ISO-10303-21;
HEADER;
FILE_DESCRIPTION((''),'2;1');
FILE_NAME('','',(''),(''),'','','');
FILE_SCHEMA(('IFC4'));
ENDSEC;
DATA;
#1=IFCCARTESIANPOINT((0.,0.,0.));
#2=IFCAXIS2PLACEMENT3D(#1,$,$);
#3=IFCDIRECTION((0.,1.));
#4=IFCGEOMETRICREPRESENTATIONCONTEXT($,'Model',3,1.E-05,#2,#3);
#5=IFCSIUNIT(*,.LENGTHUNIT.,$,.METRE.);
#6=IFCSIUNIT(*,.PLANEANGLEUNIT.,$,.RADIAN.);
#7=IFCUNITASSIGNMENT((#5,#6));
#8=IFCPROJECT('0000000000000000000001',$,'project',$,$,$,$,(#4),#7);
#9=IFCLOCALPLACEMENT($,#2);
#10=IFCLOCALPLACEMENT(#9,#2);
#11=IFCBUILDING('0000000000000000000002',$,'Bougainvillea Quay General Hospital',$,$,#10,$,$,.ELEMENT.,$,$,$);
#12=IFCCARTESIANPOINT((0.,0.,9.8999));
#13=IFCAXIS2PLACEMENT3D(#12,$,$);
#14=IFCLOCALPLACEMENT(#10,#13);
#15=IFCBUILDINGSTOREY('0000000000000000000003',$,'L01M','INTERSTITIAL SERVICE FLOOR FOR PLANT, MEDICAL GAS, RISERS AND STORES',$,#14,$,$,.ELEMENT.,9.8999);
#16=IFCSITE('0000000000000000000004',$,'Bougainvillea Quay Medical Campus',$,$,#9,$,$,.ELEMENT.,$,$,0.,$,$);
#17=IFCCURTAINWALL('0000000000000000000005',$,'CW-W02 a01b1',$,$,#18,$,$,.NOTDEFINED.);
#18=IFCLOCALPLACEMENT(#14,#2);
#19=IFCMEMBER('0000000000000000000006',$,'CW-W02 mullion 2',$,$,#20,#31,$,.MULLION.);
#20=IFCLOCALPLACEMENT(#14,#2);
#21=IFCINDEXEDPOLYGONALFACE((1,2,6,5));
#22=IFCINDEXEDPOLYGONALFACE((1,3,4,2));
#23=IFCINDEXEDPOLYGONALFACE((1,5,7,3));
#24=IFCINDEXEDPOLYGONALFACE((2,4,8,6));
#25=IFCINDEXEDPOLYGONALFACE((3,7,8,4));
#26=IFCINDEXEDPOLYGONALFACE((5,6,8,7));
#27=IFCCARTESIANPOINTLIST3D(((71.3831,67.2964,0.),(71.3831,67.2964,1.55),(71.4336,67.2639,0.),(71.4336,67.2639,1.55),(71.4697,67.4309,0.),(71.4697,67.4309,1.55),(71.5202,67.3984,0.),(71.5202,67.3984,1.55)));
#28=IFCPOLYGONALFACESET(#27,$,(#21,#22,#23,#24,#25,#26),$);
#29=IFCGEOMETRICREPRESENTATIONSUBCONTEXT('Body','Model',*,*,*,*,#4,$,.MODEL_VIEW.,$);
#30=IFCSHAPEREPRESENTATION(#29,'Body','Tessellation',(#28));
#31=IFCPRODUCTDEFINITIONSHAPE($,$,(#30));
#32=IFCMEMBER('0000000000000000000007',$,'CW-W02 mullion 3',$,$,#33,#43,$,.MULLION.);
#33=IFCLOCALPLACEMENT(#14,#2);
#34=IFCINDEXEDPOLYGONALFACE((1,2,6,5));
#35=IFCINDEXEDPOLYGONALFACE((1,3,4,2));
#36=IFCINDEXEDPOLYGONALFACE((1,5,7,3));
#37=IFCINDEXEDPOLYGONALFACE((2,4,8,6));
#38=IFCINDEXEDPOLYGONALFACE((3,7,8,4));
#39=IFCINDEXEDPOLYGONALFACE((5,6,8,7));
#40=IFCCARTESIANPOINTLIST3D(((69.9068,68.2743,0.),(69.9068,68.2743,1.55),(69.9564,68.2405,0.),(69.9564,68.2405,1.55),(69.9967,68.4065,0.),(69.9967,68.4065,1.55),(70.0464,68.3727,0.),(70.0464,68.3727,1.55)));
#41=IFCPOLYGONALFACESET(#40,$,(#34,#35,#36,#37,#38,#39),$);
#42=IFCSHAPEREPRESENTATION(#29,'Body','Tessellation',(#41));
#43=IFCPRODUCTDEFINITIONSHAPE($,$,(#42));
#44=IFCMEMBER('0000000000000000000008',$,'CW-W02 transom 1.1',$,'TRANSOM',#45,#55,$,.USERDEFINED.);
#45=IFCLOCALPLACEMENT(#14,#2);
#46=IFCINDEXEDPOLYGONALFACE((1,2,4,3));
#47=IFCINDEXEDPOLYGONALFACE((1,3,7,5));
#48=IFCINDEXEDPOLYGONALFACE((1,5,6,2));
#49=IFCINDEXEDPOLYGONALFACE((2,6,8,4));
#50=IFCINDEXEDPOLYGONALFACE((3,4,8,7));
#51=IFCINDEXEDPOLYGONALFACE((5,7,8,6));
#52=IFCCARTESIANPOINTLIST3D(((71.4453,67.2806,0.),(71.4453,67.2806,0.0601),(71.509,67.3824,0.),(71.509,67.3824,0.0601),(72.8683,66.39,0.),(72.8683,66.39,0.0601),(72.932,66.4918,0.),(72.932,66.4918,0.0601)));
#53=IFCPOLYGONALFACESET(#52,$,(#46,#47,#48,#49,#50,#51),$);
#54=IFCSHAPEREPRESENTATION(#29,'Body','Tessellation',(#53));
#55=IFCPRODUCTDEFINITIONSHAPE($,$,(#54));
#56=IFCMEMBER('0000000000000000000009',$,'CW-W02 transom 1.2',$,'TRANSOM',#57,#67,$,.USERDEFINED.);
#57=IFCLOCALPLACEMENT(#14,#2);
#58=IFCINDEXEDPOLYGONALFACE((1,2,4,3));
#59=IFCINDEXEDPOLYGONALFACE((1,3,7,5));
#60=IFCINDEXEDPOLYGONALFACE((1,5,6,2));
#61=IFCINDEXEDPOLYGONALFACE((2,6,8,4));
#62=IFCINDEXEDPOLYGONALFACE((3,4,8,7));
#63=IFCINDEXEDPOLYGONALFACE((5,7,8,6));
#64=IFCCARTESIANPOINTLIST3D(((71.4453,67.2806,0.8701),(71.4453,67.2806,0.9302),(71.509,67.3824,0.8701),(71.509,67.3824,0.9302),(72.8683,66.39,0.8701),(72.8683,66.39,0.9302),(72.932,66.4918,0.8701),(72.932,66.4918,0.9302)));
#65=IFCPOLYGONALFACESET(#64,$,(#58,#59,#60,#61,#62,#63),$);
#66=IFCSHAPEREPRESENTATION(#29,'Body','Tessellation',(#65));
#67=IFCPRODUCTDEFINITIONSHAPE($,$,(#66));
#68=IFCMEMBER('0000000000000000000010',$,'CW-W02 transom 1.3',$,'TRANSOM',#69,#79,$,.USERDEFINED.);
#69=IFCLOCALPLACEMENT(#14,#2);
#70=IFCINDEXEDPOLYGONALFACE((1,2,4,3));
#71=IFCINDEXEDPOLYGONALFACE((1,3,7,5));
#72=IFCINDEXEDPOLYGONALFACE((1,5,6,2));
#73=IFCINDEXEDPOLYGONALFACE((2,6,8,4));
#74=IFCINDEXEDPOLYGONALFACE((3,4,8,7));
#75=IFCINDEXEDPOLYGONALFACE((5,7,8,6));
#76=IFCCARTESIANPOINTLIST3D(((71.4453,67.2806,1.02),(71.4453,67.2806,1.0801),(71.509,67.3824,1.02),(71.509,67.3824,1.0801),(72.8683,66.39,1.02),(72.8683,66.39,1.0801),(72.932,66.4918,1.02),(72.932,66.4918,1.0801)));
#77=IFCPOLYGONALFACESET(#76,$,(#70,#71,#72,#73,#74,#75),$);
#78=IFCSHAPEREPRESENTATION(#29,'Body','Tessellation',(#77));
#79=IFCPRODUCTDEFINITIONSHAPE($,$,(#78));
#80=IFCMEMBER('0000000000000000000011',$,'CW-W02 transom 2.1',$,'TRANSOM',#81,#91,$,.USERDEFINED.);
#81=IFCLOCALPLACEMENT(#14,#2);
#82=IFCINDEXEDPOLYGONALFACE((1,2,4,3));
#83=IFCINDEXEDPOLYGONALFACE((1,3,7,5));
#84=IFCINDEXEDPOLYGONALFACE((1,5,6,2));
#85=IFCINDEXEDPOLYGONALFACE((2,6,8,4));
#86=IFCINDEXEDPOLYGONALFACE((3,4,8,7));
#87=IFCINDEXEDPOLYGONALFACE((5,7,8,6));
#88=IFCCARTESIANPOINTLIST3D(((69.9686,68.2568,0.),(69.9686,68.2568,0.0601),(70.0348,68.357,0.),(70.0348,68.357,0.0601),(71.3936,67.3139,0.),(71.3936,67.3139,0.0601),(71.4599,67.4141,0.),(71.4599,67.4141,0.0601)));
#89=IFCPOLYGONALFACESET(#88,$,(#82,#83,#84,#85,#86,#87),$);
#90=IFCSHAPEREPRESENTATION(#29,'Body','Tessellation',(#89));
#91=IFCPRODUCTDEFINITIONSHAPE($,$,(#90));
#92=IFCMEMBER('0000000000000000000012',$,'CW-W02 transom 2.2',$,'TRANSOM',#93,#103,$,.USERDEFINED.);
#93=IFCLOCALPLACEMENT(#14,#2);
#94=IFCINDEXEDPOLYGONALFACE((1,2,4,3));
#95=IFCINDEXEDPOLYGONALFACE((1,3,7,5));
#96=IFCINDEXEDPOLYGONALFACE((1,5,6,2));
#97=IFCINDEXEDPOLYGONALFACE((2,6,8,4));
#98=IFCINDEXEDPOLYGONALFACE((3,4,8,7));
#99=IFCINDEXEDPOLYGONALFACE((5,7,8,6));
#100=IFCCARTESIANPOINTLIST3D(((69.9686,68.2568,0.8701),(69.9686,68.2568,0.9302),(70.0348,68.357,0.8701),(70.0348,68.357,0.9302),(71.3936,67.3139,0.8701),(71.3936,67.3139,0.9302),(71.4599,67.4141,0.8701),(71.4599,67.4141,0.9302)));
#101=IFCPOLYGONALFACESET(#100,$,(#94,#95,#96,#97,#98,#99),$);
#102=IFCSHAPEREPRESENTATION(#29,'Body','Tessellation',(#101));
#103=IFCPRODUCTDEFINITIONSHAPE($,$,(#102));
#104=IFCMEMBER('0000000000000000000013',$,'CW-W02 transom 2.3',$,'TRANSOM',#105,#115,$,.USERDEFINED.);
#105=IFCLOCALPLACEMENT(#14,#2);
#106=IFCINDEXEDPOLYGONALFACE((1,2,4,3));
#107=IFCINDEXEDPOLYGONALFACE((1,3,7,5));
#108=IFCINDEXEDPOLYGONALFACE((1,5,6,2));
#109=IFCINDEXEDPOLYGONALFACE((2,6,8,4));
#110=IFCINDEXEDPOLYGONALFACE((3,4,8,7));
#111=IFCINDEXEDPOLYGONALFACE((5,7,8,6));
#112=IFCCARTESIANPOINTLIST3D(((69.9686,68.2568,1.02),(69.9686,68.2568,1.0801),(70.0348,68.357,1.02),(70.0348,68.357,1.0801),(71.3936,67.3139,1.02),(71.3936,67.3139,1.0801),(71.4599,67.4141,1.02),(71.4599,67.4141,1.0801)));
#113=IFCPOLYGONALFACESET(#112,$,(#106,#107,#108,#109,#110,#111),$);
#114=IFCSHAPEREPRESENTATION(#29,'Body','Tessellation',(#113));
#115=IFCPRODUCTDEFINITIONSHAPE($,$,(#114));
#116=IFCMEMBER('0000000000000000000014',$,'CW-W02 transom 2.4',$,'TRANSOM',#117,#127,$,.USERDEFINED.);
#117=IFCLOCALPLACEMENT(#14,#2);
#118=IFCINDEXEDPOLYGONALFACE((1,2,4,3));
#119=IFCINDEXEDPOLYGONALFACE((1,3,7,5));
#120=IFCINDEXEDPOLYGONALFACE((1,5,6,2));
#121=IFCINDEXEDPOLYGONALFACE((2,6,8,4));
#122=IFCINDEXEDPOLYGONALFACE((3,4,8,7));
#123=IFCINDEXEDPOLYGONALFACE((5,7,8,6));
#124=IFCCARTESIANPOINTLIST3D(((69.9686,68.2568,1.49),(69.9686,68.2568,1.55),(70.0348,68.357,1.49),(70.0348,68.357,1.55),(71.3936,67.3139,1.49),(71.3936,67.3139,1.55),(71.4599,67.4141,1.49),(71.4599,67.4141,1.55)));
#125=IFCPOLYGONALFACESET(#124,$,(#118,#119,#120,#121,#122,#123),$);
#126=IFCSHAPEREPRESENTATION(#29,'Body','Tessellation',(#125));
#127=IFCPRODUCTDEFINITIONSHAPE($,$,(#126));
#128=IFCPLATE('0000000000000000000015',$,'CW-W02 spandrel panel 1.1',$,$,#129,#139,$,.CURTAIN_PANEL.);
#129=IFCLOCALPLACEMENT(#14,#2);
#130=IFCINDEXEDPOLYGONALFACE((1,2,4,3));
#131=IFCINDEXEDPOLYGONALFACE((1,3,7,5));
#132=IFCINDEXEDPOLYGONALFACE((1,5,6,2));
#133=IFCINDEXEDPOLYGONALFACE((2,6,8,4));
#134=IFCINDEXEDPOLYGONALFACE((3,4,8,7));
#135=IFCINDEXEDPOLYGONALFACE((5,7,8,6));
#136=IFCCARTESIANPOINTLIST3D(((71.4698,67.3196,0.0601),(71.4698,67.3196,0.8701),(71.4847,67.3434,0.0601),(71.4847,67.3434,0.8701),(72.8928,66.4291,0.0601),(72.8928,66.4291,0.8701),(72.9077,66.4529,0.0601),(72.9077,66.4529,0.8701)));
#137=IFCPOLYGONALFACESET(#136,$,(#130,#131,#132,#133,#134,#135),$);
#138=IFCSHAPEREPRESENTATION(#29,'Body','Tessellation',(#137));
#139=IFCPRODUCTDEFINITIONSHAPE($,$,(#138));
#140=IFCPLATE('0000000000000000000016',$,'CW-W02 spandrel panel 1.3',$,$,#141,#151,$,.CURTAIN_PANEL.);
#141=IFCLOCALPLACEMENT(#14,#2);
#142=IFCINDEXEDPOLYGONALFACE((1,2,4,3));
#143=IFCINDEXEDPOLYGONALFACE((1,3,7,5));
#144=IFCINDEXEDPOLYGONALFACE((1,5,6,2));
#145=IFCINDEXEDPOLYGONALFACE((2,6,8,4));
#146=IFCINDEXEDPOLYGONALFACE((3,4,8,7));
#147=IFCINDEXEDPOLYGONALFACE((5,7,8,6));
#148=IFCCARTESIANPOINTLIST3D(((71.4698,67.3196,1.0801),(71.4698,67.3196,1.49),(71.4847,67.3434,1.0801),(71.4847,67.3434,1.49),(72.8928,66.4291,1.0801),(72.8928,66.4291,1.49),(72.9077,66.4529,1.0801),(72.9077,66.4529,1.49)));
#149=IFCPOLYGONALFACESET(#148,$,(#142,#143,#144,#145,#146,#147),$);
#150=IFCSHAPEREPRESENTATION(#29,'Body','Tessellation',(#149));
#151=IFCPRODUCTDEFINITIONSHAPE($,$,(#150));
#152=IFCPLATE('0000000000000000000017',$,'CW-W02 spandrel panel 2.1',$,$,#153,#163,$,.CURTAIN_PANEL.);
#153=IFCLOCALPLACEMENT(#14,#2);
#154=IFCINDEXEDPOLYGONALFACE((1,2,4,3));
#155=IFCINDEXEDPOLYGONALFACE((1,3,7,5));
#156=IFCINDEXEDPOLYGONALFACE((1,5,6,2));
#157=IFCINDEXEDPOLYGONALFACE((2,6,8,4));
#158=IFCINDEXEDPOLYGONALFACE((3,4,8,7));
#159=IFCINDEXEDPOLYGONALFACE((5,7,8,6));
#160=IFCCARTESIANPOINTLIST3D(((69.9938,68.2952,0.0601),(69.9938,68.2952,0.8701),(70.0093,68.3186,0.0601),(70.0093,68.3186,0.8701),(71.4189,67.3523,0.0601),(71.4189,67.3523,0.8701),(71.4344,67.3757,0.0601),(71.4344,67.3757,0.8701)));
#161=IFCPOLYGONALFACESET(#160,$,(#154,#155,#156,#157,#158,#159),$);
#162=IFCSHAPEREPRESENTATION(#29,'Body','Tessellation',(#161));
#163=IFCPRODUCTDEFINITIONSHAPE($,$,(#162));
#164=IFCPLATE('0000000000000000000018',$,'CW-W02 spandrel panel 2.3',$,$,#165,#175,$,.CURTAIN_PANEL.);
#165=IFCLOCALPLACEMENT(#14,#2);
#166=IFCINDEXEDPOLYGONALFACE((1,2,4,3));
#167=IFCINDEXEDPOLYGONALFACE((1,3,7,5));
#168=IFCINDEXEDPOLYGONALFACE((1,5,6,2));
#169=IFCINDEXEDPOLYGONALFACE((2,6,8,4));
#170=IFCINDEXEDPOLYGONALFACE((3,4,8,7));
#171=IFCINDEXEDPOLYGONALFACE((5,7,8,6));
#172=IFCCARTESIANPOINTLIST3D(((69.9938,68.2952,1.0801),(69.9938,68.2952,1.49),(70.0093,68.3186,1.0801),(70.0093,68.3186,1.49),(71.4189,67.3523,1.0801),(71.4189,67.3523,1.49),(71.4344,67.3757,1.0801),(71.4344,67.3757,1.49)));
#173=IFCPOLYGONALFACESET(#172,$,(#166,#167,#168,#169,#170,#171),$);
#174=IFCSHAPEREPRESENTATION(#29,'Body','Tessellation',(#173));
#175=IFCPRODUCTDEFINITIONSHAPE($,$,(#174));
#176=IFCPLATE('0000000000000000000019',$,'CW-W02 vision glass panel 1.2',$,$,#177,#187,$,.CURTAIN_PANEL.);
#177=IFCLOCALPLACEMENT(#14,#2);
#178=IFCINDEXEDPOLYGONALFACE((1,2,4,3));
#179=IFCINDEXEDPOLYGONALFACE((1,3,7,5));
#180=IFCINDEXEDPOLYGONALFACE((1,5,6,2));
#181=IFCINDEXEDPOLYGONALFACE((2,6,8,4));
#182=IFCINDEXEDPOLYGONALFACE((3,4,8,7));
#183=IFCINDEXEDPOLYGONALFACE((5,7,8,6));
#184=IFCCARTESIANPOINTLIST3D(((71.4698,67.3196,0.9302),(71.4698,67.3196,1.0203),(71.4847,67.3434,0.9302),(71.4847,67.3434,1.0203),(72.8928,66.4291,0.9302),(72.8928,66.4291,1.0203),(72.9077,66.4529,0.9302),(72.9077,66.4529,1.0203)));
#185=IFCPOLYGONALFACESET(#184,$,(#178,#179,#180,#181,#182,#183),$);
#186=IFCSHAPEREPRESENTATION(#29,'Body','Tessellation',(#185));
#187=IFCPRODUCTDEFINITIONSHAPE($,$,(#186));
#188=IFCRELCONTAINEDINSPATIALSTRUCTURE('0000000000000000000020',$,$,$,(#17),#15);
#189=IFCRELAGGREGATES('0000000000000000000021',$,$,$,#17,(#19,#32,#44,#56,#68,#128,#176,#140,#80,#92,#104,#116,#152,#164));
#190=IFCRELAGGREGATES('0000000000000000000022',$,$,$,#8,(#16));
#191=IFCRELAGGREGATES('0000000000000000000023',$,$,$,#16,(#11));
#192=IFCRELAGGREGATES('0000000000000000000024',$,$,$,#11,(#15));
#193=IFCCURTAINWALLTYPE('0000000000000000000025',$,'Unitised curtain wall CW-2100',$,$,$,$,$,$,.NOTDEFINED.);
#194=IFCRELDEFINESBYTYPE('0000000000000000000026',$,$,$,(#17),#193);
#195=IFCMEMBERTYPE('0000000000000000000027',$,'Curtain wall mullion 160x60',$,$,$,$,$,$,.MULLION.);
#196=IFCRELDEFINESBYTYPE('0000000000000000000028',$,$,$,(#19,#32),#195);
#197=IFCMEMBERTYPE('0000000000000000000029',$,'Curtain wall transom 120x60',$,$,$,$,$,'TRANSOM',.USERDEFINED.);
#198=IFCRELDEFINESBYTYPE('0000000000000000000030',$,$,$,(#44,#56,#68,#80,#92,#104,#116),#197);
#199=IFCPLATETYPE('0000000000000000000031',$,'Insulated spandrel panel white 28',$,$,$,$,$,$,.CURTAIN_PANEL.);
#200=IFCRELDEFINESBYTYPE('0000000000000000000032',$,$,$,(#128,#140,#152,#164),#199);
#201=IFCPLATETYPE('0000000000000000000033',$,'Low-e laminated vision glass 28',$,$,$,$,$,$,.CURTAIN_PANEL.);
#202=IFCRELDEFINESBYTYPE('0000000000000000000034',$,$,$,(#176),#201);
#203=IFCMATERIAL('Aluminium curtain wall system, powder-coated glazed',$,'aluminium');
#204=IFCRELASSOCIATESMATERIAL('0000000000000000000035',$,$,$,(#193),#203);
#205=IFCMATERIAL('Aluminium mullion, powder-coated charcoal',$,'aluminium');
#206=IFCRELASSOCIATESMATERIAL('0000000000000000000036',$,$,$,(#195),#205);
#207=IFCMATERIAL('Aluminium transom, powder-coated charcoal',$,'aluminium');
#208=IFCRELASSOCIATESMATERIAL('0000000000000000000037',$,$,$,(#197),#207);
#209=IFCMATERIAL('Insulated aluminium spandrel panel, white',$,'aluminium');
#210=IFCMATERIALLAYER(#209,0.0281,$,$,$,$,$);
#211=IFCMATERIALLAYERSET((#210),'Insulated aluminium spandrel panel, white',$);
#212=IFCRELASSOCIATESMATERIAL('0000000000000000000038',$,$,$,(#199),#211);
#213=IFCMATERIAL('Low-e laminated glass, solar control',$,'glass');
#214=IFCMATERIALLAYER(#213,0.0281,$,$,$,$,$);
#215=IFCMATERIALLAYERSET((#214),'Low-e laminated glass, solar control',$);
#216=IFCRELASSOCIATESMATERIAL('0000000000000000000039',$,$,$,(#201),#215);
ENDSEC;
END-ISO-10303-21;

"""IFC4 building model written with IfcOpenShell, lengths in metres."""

from ifc_helpers import new_model, si_unit, direction, frame, origin, origin_2d, place, context, subcontext, project, spatial, rectangle, extrude, material, layer, layer_set, material_profile, profile_set, type_object, element, aggregate, save


model = new_model("IFC4")

# Units and contexts
model_context = context("Model", 3, precision=1e-05, world=origin(), true_north=direction((0.0, 1.0)))
body_context = subcontext(model_context, "Body", "Model", "MODEL_VIEW")
ifc_project = project(units=[si_unit("LENGTHUNIT", "METRE"), si_unit("PLANEANGLEUNIT", "RADIAN")], contexts=[model_context])

# Site, building, storey
site_placement = place(None, origin())
site = spatial("IfcSite", under=ifc_project, at=site_placement, Name="Bougainvillea Quay Medical Campus", CompositionType="ELEMENT", RefElevation=0.0)
building_placement = place(site_placement, origin())
building = spatial("IfcBuilding", under=site, at=building_placement, Name="Bougainvillea Quay General Hospital", CompositionType="ELEMENT")
storey_placement = place(building_placement, frame((0.0, 0.0, 9.8999)))
storey = spatial("IfcBuildingStorey", under=building, at=storey_placement, Name="L01M", Description="INTERSTITIAL SERVICE FLOOR FOR PLANT, MEDICAL GAS, RISERS AND STORES", CompositionType="ELEMENT", Elevation=9.8999)

# Curtain wall, members, plates
ifc_material_1 = material(Name="Aluminium curtain wall system, powder-coated glazed", Category="aluminium")
curtain_wall_type = type_object("IfcCurtainWallType", Name="Unitised curtain wall CW-2100", PredefinedType="NOTDEFINED", material=ifc_material_1)
curtain_wall_placement = place(storey_placement, origin())
curtain_wall = element("IfcCurtainWall", 1, at=curtain_wall_placement, inside=storey, type_object=curtain_wall_type, Name="CW-W02 a01b1", PredefinedType="NOTDEFINED")
ifc_material_2 = material(Name="Aluminium mullion, powder-coated charcoal", Category="aluminium")
ifc_material_profile_1 = material_profile(ifc_material_2, rectangle(XDim=0.1599, YDim=0.0601, at=origin_2d()))
ifc_profile_set_1 = profile_set([ifc_material_profile_1], Name="Aluminium mullion, powder-coated charcoal")
member_type_1 = type_object("IfcMemberType", Name="Curtain wall mullion 160x60", PredefinedType="MULLION", material=ifc_profile_set_1)
member_1_placement = place(storey_placement, frame((71.4517, 67.3474, 0.0), z_axis=(0.0, 0.0, 1.0), x_axis=(-0.541195, -0.840897, 0.0)))
member_1 = element("IfcMember", 2, at=member_1_placement, type_object=member_type_1, Name="CW-W02 mullion 2", PredefinedType="MULLION", context=body_context, shape_type="SweptSolid", body=[
    extrude(rectangle(XDim=0.1599, YDim=0.0601, at=origin_2d()), origin(), (0.0, 0.0, 1.0), 1.55),
])
member_2_placement = place(storey_placement, frame((69.9766, 68.3235, 0.0), z_axis=(0.0, 0.0, 1.0), x_axis=(-0.562343, -0.826904, 0.0)))
member_2 = element("IfcMember", 3, at=member_2_placement, type_object=member_type_1, Name="CW-W02 mullion 3", PredefinedType="MULLION", context=body_context, shape_type="SweptSolid", body=[
    extrude(rectangle(XDim=0.1599, YDim=0.0601, at=origin_2d()), origin(), (0.0, 0.0, 1.0), 1.55),
])
ifc_material_3 = material(Name="Aluminium transom, powder-coated charcoal", Category="aluminium")
ifc_material_profile_2 = material_profile(ifc_material_3, rectangle(XDim=0.1201, YDim=0.0601, at=origin_2d()))
ifc_profile_set_2 = profile_set([ifc_material_profile_2], Name="Aluminium transom, powder-coated charcoal")
member_type_2 = type_object("IfcMemberType", Name="Curtain wall transom 120x60", ElementType="TRANSOM", PredefinedType="USERDEFINED", material=ifc_profile_set_2)
member_3_placement = place(storey_placement, frame((72.9001, 66.4409, 0.03), z_axis=(-0.84768, 0.530509, 0.0), x_axis=(-0.530509, -0.84768, 0.0)))
member_3 = element("IfcMember", 4, at=member_3_placement, type_object=member_type_2, Name="CW-W02 transom 1.1", ObjectType="TRANSOM", PredefinedType="USERDEFINED", context=body_context, shape_type="SweptSolid", body=[
    extrude(rectangle(XDim=0.1201, YDim=0.0601, at=origin_2d()), origin(), (0.0, 0.0, 1.0), 1.6787),
])
member_4_placement = place(storey_placement, frame((72.9001, 66.4409, 0.9001), z_axis=(-0.84768, 0.530509, 0.0), x_axis=(-0.530509, -0.84768, 0.0)))
member_4 = element("IfcMember", 5, at=member_4_placement, type_object=member_type_2, Name="CW-W02 transom 1.2", ObjectType="TRANSOM", PredefinedType="USERDEFINED", context=body_context, shape_type="SweptSolid", body=[
    extrude(rectangle(XDim=0.1201, YDim=0.0601, at=origin_2d()), origin(), (0.0, 0.0, 1.0), 1.6787),
])
member_5_placement = place(storey_placement, frame((72.9001, 66.4409, 1.05), z_axis=(-0.84768, 0.530509, 0.0), x_axis=(-0.530509, -0.84768, 0.0)))
member_5 = element("IfcMember", 6, at=member_5_placement, type_object=member_type_2, Name="CW-W02 transom 1.3", ObjectType="TRANSOM", PredefinedType="USERDEFINED", context=body_context, shape_type="SweptSolid", body=[
    extrude(rectangle(XDim=0.1201, YDim=0.0601, at=origin_2d()), origin(), (0.0, 0.0, 1.0), 1.6787),
])
member_6_placement = place(storey_placement, frame((71.4268, 67.364, 0.03), z_axis=(-0.83398, 0.551795, 0.0), x_axis=(-0.551795, -0.83398, 0.0)))
member_6 = element("IfcMember", 7, at=member_6_placement, type_object=member_type_2, Name="CW-W02 transom 2.1", ObjectType="TRANSOM", PredefinedType="USERDEFINED", context=body_context, shape_type="SweptSolid", body=[
    extrude(rectangle(XDim=0.1201, YDim=0.0601, at=origin_2d()), origin(), (0.0, 0.0, 1.0), 1.7087),
])
member_7_placement = place(storey_placement, frame((71.4268, 67.364, 0.9001), z_axis=(-0.83398, 0.551795, 0.0), x_axis=(-0.551795, -0.83398, 0.0)))
member_7 = element("IfcMember", 8, at=member_7_placement, type_object=member_type_2, Name="CW-W02 transom 2.2", ObjectType="TRANSOM", PredefinedType="USERDEFINED", context=body_context, shape_type="SweptSolid", body=[
    extrude(rectangle(XDim=0.1201, YDim=0.0601, at=origin_2d()), origin(), (0.0, 0.0, 1.0), 1.7087),
])
member_8_placement = place(storey_placement, frame((71.4268, 67.364, 1.05), z_axis=(-0.83398, 0.551795, 0.0), x_axis=(-0.551795, -0.83398, 0.0)))
member_8 = element("IfcMember", 9, at=member_8_placement, type_object=member_type_2, Name="CW-W02 transom 2.3", ObjectType="TRANSOM", PredefinedType="USERDEFINED", context=body_context, shape_type="SweptSolid", body=[
    extrude(rectangle(XDim=0.1201, YDim=0.0601, at=origin_2d()), origin(), (0.0, 0.0, 1.0), 1.7087),
])
member_9_placement = place(storey_placement, frame((71.4268, 67.364, 1.52), z_axis=(-0.83398, 0.551795, 0.0), x_axis=(-0.551795, -0.83398, 0.0)))
member_9 = element("IfcMember", 10, at=member_9_placement, type_object=member_type_2, Name="CW-W02 transom 2.4", ObjectType="TRANSOM", PredefinedType="USERDEFINED", context=body_context, shape_type="SweptSolid", body=[
    extrude(rectangle(XDim=0.1201, YDim=0.0601, at=origin_2d()), origin(), (0.0, 0.0, 1.0), 1.7087),
])
ifc_material_4 = material(Name="Insulated aluminium spandrel panel, white", Category="aluminium")
ifc_layer_1 = layer(ifc_material_4, 0.0281)
ifc_layer_set_1 = layer_set([ifc_layer_1], Name="Insulated aluminium spandrel panel, white")
plate_type_1 = type_object("IfcPlateType", Name="Insulated spandrel panel white 28", PredefinedType="CURTAIN_PANEL", material=ifc_layer_set_1)
plate_1_placement = place(storey_placement, frame((72.1887, 66.8862, 0.0601), z_axis=(0.0, 0.0, 1.0), x_axis=(-0.847692, 0.530489, 0.0)))
plate_1 = element("IfcPlate", 11, at=plate_1_placement, type_object=plate_type_1, Name="CW-W02 spandrel panel 1.1", PredefinedType="CURTAIN_PANEL", context=body_context, shape_type="SweptSolid", body=[
    extrude(rectangle(XDim=1.6787, YDim=0.0281, at=origin_2d()), origin(), (0.0, 0.0, 1.0), 0.8101),
])
plate_2_placement = place(storey_placement, frame((72.1887, 66.8862, 1.0801), z_axis=(0.0, 0.0, 1.0), x_axis=(-0.847692, 0.530489, 0.0)))
plate_2 = element("IfcPlate", 12, at=plate_2_placement, type_object=plate_type_1, Name="CW-W02 spandrel panel 1.3", PredefinedType="CURTAIN_PANEL", context=body_context, shape_type="SweptSolid", body=[
    extrude(rectangle(XDim=1.6787, YDim=0.0281, at=origin_2d()), origin(), (0.0, 0.0, 1.0), 0.4099),
])
plate_3_placement = place(storey_placement, frame((70.7141, 67.8354, 0.0601), z_axis=(0.0, 0.0, 1.0), x_axis=(-0.833968, 0.551813, 0.0)))
plate_3 = element("IfcPlate", 13, at=plate_3_placement, type_object=plate_type_1, Name="CW-W02 spandrel panel 2.1", PredefinedType="CURTAIN_PANEL", context=body_context, shape_type="SweptSolid", body=[
    extrude(rectangle(XDim=1.7087, YDim=0.0281, at=origin_2d()), origin(), (0.0, 0.0, 1.0), 0.8101),
])
plate_4_placement = place(storey_placement, frame((70.7141, 67.8354, 1.0801), z_axis=(0.0, 0.0, 1.0), x_axis=(-0.833968, 0.551813, 0.0)))
plate_4 = element("IfcPlate", 14, at=plate_4_placement, type_object=plate_type_1, Name="CW-W02 spandrel panel 2.3", PredefinedType="CURTAIN_PANEL", context=body_context, shape_type="SweptSolid", body=[
    extrude(rectangle(XDim=1.7087, YDim=0.0281, at=origin_2d()), origin(), (0.0, 0.0, 1.0), 0.4099),
])
ifc_material_5 = material(Name="Low-e laminated glass, solar control", Category="glass")
ifc_layer_2 = layer(ifc_material_5, 0.0281)
ifc_layer_set_2 = layer_set([ifc_layer_2], Name="Low-e laminated glass, solar control")
plate_type_2 = type_object("IfcPlateType", Name="Low-e laminated vision glass 28", PredefinedType="CURTAIN_PANEL", material=ifc_layer_set_2)
plate_5_placement = place(storey_placement, frame((72.1887, 66.8862, 0.9302), z_axis=(0.0, 0.0, 1.0), x_axis=(-0.847692, 0.530489, 0.0)))
plate_5 = element("IfcPlate", 15, at=plate_5_placement, type_object=plate_type_2, Name="CW-W02 vision glass panel 1.2", PredefinedType="CURTAIN_PANEL", context=body_context, shape_type="SweptSolid", body=[
    extrude(rectangle(XDim=1.6787, YDim=0.0281, at=origin_2d()), origin(), (0.0, 0.0, 1.0), 0.0901),
])
aggregate(curtain_wall, [member_1, member_2, member_3, member_4, member_5, plate_1, plate_5, plate_2, member_6, member_7, member_8, member_9, plate_3, plate_4])

save(model, "model.ifc")
